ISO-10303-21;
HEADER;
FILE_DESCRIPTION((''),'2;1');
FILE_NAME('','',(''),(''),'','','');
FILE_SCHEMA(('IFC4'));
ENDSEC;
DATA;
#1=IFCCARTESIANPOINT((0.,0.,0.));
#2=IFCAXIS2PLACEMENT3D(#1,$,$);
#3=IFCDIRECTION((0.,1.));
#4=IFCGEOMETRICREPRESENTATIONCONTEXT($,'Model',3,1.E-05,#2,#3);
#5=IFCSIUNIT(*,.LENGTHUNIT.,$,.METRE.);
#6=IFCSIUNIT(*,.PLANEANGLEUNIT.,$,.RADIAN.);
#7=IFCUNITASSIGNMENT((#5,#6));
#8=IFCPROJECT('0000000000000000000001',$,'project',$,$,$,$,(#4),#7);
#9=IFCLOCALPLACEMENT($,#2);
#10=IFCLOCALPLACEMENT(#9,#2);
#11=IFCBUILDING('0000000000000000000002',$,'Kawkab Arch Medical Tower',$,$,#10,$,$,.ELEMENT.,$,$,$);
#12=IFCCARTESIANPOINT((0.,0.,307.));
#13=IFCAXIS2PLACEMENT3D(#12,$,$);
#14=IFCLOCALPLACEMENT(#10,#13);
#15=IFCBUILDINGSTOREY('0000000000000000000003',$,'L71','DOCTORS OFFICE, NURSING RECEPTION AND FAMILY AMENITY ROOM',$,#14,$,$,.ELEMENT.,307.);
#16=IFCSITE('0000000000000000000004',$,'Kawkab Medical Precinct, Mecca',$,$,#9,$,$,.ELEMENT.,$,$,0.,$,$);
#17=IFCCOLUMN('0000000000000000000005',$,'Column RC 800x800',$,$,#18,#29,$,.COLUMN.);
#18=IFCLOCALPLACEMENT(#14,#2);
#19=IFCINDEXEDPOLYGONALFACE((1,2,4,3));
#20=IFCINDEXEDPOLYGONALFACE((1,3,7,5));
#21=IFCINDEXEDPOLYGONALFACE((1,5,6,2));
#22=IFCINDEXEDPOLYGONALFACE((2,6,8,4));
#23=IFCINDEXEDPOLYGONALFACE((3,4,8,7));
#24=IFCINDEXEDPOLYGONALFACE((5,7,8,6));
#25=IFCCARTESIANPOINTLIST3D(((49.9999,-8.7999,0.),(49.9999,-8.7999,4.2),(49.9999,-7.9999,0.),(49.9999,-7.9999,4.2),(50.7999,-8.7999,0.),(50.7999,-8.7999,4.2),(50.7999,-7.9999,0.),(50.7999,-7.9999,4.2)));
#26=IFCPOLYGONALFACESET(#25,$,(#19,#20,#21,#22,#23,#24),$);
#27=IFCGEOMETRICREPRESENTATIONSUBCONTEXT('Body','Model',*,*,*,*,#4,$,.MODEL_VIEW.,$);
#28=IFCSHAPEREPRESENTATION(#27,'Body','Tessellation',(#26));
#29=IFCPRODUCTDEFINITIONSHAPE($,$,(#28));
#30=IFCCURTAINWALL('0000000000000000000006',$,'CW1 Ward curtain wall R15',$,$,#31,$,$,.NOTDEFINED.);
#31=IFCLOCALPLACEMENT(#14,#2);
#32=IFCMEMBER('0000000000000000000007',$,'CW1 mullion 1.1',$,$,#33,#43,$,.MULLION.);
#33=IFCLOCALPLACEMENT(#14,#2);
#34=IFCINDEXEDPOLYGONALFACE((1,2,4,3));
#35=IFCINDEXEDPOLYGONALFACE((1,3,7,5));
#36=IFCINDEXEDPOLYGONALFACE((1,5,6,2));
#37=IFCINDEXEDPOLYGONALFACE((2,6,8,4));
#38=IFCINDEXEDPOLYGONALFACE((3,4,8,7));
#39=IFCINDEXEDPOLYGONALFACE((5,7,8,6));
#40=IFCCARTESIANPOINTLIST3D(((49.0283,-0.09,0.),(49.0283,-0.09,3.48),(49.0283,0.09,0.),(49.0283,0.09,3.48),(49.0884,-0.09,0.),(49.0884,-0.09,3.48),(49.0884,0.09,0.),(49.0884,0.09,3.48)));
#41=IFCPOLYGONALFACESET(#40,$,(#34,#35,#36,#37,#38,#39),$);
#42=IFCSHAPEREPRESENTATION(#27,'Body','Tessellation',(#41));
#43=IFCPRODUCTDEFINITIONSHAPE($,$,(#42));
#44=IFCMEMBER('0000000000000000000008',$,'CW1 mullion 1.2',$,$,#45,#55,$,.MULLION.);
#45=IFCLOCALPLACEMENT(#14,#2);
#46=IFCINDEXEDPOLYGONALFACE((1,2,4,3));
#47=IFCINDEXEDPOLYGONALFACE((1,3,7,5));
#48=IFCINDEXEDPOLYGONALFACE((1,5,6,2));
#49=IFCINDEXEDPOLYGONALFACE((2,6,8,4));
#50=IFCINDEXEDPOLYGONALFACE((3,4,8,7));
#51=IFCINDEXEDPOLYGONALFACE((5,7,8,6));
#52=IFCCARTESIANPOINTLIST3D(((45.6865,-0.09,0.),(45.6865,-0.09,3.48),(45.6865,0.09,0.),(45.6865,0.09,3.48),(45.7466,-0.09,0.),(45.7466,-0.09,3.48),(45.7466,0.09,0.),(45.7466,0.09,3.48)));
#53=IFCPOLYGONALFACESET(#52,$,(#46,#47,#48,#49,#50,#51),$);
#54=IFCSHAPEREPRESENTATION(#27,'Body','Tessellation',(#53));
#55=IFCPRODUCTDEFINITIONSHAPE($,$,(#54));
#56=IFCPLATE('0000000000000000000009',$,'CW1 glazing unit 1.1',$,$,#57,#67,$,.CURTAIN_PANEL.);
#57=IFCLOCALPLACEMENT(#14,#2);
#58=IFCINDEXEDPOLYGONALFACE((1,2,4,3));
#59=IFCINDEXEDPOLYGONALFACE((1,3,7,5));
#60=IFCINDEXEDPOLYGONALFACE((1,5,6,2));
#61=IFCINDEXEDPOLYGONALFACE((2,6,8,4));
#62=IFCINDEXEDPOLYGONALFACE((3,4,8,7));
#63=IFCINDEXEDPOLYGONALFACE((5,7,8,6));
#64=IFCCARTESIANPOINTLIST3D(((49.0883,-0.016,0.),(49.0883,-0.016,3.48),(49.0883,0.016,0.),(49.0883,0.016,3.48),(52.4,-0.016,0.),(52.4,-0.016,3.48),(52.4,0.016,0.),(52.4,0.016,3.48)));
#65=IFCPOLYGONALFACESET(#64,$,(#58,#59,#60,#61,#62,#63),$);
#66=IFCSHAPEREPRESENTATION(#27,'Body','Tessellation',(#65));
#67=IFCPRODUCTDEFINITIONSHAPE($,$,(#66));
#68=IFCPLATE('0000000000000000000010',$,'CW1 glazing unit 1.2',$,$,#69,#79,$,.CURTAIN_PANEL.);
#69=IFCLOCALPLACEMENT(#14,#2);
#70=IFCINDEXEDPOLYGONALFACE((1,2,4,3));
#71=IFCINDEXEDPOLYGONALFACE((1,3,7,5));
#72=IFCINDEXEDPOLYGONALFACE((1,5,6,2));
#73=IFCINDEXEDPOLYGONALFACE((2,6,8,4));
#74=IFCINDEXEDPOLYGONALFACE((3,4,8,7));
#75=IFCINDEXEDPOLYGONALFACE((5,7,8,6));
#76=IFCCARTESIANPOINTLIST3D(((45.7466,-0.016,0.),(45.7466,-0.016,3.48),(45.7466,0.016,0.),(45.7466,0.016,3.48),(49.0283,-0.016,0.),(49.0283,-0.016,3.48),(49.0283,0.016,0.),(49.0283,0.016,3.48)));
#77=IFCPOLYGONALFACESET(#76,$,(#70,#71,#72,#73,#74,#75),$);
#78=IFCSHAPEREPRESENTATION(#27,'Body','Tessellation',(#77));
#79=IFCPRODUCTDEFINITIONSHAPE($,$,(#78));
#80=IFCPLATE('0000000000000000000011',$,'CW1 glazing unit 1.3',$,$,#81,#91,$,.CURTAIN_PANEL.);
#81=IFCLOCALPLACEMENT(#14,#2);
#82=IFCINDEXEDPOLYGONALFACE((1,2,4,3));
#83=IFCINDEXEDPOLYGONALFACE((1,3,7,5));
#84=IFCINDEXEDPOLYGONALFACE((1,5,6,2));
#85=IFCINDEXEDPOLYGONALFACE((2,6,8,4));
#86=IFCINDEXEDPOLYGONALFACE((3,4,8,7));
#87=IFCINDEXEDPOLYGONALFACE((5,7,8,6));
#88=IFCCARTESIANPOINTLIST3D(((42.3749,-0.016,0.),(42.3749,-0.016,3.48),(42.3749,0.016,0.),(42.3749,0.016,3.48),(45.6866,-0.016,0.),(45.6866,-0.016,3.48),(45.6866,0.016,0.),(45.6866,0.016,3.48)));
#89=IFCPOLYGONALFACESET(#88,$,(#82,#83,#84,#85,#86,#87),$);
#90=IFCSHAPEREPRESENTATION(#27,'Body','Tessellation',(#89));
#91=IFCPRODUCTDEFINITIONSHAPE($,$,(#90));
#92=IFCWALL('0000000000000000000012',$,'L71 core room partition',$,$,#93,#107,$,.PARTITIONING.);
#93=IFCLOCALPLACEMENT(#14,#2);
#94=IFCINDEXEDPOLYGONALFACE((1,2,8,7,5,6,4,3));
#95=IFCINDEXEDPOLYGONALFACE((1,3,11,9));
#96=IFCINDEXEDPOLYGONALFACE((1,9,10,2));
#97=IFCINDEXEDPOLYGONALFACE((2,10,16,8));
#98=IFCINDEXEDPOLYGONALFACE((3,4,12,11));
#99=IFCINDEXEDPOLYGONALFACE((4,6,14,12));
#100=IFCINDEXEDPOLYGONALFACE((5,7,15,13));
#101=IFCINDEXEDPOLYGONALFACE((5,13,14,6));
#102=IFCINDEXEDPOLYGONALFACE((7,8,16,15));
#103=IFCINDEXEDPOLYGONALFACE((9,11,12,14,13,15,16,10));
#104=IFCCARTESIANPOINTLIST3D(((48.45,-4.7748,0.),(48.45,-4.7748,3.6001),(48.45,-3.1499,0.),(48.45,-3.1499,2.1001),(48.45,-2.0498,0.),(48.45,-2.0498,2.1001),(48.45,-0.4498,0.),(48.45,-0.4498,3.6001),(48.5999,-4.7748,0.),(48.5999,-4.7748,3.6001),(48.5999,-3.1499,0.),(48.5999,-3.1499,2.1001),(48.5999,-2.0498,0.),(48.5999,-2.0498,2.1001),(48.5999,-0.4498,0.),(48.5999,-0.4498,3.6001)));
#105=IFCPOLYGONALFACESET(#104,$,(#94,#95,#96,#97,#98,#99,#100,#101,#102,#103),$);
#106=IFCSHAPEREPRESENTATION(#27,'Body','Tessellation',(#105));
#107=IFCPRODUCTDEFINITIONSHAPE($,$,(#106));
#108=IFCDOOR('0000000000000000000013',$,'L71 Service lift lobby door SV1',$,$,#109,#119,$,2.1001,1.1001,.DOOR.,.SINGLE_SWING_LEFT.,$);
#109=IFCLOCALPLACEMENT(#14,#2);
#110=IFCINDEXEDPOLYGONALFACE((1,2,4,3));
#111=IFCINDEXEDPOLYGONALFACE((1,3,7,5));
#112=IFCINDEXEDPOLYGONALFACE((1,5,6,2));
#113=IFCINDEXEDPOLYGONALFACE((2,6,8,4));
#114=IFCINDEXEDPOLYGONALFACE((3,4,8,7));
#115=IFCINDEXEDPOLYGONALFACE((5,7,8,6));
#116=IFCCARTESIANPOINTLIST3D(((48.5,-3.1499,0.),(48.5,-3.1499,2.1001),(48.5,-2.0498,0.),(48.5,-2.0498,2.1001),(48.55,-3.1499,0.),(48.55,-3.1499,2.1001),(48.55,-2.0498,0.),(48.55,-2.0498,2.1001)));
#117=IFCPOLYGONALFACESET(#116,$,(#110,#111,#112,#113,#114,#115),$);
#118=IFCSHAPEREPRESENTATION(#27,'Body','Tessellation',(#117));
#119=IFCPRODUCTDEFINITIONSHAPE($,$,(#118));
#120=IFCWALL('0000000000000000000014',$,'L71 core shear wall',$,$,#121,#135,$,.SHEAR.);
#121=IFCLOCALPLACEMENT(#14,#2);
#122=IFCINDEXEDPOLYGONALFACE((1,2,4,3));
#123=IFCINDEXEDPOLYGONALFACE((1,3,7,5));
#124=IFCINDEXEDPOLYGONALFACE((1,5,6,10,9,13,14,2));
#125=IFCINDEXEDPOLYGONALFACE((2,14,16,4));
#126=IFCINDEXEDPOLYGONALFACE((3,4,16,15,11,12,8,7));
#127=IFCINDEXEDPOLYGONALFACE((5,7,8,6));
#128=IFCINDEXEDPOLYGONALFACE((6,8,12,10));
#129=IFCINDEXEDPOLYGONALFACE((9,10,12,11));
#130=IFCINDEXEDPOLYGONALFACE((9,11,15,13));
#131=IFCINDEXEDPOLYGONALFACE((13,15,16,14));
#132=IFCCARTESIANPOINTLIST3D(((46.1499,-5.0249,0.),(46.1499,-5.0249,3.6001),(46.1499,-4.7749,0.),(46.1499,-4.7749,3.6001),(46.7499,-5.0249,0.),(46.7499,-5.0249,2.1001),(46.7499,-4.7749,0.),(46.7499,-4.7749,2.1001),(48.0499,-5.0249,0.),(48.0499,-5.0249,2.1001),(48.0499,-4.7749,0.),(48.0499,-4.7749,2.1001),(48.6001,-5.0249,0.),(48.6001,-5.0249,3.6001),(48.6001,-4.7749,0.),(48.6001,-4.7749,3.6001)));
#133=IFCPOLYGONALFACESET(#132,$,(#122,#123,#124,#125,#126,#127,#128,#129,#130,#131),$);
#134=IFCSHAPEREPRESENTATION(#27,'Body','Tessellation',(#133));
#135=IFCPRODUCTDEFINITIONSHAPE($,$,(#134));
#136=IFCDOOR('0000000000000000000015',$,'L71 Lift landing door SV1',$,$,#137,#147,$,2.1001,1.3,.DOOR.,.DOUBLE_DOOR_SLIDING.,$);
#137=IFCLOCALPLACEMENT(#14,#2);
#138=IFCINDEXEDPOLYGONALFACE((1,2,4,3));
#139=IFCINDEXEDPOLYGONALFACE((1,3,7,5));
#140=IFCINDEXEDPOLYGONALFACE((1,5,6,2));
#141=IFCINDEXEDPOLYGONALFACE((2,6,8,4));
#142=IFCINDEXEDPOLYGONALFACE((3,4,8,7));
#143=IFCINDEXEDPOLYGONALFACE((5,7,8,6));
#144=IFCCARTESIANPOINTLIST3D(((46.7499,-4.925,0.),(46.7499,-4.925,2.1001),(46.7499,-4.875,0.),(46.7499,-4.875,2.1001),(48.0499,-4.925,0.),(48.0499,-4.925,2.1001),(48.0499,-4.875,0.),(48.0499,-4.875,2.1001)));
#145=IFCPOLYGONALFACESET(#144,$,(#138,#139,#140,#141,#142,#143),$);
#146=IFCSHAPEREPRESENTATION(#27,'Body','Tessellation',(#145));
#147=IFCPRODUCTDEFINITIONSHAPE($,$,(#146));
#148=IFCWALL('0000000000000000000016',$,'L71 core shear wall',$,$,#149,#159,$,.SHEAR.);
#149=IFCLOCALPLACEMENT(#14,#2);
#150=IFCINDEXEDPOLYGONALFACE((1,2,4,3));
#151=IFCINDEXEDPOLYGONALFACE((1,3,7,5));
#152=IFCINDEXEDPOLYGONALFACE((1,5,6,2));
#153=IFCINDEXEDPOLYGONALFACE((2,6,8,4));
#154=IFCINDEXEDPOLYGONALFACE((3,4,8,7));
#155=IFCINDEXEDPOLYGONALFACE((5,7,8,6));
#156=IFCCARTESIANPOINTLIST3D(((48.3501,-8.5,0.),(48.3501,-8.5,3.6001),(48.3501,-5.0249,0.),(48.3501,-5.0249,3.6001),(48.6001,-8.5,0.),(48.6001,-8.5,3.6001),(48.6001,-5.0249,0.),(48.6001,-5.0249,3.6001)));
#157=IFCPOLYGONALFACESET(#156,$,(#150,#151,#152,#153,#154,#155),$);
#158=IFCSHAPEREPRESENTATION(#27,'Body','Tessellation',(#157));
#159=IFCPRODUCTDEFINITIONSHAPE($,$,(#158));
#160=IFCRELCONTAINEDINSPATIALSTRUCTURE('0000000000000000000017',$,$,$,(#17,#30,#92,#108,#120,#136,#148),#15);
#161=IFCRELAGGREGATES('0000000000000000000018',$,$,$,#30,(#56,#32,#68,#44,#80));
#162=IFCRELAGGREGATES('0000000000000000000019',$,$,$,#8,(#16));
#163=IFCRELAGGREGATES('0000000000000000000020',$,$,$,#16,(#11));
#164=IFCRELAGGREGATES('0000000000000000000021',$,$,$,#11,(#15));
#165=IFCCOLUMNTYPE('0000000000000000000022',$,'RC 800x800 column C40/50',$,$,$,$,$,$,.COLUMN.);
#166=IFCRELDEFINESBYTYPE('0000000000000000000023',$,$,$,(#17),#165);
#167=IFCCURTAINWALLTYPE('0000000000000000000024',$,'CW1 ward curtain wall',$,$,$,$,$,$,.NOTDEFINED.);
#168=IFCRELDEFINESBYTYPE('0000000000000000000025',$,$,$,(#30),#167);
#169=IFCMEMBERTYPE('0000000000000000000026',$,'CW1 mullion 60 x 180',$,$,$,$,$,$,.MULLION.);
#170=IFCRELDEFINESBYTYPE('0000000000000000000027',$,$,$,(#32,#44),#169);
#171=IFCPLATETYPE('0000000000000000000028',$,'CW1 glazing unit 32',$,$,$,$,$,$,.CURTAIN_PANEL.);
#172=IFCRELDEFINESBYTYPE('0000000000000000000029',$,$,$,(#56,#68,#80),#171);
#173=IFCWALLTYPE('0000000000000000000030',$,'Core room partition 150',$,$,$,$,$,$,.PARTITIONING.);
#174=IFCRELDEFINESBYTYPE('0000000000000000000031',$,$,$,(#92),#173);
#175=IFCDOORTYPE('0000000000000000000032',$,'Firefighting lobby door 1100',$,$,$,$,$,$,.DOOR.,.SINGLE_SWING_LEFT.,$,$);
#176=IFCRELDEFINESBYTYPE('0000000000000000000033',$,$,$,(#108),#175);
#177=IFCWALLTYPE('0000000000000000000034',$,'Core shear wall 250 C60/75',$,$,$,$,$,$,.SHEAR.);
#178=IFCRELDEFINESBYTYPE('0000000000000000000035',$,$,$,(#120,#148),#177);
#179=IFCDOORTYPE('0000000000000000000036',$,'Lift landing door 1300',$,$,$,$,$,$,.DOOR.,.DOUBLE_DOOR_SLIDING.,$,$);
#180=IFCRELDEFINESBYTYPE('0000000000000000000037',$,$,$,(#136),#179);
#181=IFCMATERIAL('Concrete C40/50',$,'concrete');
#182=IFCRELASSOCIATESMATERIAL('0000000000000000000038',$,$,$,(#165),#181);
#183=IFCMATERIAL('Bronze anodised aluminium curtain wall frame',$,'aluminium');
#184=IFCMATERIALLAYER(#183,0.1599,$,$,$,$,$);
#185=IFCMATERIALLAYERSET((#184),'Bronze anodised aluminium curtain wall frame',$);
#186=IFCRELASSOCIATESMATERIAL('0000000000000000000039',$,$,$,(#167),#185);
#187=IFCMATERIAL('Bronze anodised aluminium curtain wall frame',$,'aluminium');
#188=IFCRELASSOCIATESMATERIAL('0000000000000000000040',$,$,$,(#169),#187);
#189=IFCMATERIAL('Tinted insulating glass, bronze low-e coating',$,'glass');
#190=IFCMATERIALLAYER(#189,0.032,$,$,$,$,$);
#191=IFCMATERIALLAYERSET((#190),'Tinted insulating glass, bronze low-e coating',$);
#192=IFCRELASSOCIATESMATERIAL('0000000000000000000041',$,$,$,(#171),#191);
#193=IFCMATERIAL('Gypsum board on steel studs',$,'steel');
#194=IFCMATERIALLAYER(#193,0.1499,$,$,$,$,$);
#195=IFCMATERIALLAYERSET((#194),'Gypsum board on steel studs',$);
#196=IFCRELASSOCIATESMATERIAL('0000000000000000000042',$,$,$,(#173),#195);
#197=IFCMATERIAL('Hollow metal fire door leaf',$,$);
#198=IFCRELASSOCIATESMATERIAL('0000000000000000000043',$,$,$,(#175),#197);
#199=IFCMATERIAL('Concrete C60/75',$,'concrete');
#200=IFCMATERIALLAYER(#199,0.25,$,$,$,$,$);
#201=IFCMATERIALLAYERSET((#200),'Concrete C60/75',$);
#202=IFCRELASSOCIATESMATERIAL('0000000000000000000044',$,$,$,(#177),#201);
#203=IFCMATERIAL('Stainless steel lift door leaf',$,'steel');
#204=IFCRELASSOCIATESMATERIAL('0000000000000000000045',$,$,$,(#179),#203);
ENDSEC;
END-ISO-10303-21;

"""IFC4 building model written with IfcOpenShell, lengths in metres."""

from ifc_helpers import new_model, si_unit, direction, frame, frame_2d, origin, origin_2d, place, context, subcontext, project, spatial, rectangle, extrude, material, layer, layer_set, material_profile, profile_set, type_object, element, fill, aggregate, save


model = new_model("IFC4")

# Units and contexts
model_context = context("Model", 3, precision=1e-05, world=origin(), true_north=direction((0.0, 1.0)))
body_context = subcontext(model_context, "Body", "Model", "MODEL_VIEW")
ifc_project = project(units=[si_unit("LENGTHUNIT", "METRE"), si_unit("PLANEANGLEUNIT", "RADIAN")], contexts=[model_context])

# Site, building, storey
site_placement = place(None, origin())
site = spatial("IfcSite", under=ifc_project, at=site_placement, Name="Kawkab Medical Precinct, Mecca", CompositionType="ELEMENT", RefElevation=0.0)
building_placement = place(site_placement, origin())
building = spatial("IfcBuilding", under=site, at=building_placement, Name="Kawkab Arch Medical Tower", CompositionType="ELEMENT")
storey_placement = place(building_placement, frame((0.0, 0.0, 307.0)))
storey = spatial("IfcBuildingStorey", under=building, at=storey_placement, Name="L71", Description="DOCTORS OFFICE, NURSING RECEPTION AND FAMILY AMENITY ROOM", CompositionType="ELEMENT", Elevation=307.0)

# Column
ifc_material_1 = material(Name="Concrete C40/50", Category="concrete")
ifc_material_profile_1 = material_profile(ifc_material_1, rectangle(XDim=0.8, YDim=0.8, at=origin_2d()), Name="RC 800x800")
ifc_profile_set_1 = profile_set([ifc_material_profile_1], Name="Concrete C40/50")
column_type = type_object("IfcColumnType", Name="RC 800x800 column C40/50", PredefinedType="COLUMN", material=ifc_profile_set_1)
column_placement = place(storey_placement, frame((50.3999, -8.3999, 0.0), z_axis=(0.0, 0.0, 1.0), x_axis=(1.0, 0.0, 0.0)))
element("IfcColumn", 1, at=column_placement, inside=storey, type_object=column_type, Name="Column RC 800x800", PredefinedType="COLUMN", context=body_context, shape_type="SweptSolid", body=[
    extrude(rectangle(XDim=0.8, YDim=0.8, at=origin_2d()), origin(), (0.0, 0.0, 1.0), 4.2),
])

# Curtain wall, members, plates
ifc_material_2 = material(Name="Bronze anodised aluminium curtain wall frame", Category="aluminium")
ifc_layer_1 = layer(ifc_material_2, 0.1599)
ifc_layer_set_1 = layer_set([ifc_layer_1], Name="Bronze anodised aluminium curtain wall frame")
curtain_wall_type = type_object("IfcCurtainWallType", Name="CW1 ward curtain wall", PredefinedType="NOTDEFINED", material=ifc_layer_set_1)
placement = place(storey_placement, origin())
curtain_wall = element("IfcCurtainWall", 2, at=placement, inside=storey, type_object=curtain_wall_type, Name="CW1 Ward curtain wall R15", PredefinedType="NOTDEFINED")
ifc_material_3 = material(Name="Bronze anodised aluminium curtain wall frame", Category="aluminium")
ifc_material_profile_2 = material_profile(ifc_material_3, rectangle(XDim=0.1799, YDim=0.0601, at=origin_2d()), Name="AL 60x180")
ifc_profile_set_2 = profile_set([ifc_material_profile_2], Name="Bronze anodised aluminium curtain wall frame")
member_type = type_object("IfcMemberType", Name="CW1 mullion 60 x 180", PredefinedType="MULLION", material=ifc_profile_set_2)
member_1_placement = place(storey_placement, frame((49.0583, 0.0, 0.0), z_axis=(0.0, 0.0, 1.0), x_axis=(0.0, -1.0, 0.0)))
member_1 = element("IfcMember", 3, at=member_1_placement, type_object=member_type, Name="CW1 mullion 1.1", PredefinedType="MULLION", context=body_context, shape_type="SweptSolid", body=[
    extrude(rectangle(XDim=0.1799, YDim=0.0601, at=origin_2d()), origin(), (0.0, 0.0, 1.0), 3.48),
])
member_2_placement = place(storey_placement, frame((45.7166, 0.0, 0.0), z_axis=(0.0, 0.0, 1.0), x_axis=(0.0, -1.0, 0.0)))
member_2 = element("IfcMember", 4, at=member_2_placement, type_object=member_type, Name="CW1 mullion 1.2", PredefinedType="MULLION", context=body_context, shape_type="SweptSolid", body=[
    extrude(rectangle(XDim=0.1799, YDim=0.0601, at=origin_2d()), origin(), (0.0, 0.0, 1.0), 3.48),
])
ifc_material_4 = material(Name="Tinted insulating glass, bronze low-e coating", Category="glass")
ifc_layer_2 = layer(ifc_material_4, 0.032)
ifc_layer_set_2 = layer_set([ifc_layer_2], Name="Tinted insulating glass, bronze low-e coating")
plate_type = type_object("IfcPlateType", Name="CW1 glazing unit 32", PredefinedType="CURTAIN_PANEL", material=ifc_layer_set_2)
plate_1_placement = place(storey_placement, frame((50.7441, 0.0, 0.0), z_axis=(0.0, 0.0, 1.0), x_axis=(-1.0, 0.0, 0.0)))
plate_1 = element("IfcPlate", 5, at=plate_1_placement, type_object=plate_type, Name="CW1 glazing unit 1.1", PredefinedType="CURTAIN_PANEL", context=body_context, shape_type="SweptSolid", body=[
    extrude(rectangle(XDim=3.3118, YDim=0.032, at=origin_2d()), origin(), (0.0, 0.0, 1.0), 3.48),
])
plate_2_placement = place(storey_placement, frame((47.3875, 0.0, 0.0), z_axis=(0.0, 0.0, 1.0), x_axis=(-1.0, 0.0, 0.0)))
plate_2 = element("IfcPlate", 6, at=plate_2_placement, type_object=plate_type, Name="CW1 glazing unit 1.2", PredefinedType="CURTAIN_PANEL", context=body_context, shape_type="SweptSolid", body=[
    extrude(rectangle(XDim=3.2817, YDim=0.032, at=origin_2d()), origin(), (0.0, 0.0, 1.0), 3.48),
])
plate_3_placement = place(storey_placement, frame((44.0308, 0.0, 0.0), z_axis=(0.0, 0.0, 1.0), x_axis=(-1.0, 0.0, 0.0)))
plate_3 = element("IfcPlate", 7, at=plate_3_placement, type_object=plate_type, Name="CW1 glazing unit 1.3", PredefinedType="CURTAIN_PANEL", context=body_context, shape_type="SweptSolid", body=[
    extrude(rectangle(XDim=3.3118, YDim=0.032, at=origin_2d()), origin(), (0.0, 0.0, 1.0), 3.48),
])
aggregate(curtain_wall, [plate_1, member_1, plate_2, member_2, plate_3])

# Walls, openings, doors
ifc_material_5 = material(Name="Gypsum board on steel studs", Category="steel")
ifc_layer_3 = layer(ifc_material_5, 0.1499)
ifc_layer_set_3 = layer_set([ifc_layer_3], Name="Gypsum board on steel studs")
wall_type_1 = type_object("IfcWallType", Name="Core room partition 150", PredefinedType="PARTITIONING", material=ifc_layer_set_3)
wall_1_placement = place(storey_placement, frame((48.5249, -4.7749, 0.0), z_axis=(0.0, 0.0, 1.0), x_axis=(0.0, 1.0, 0.0)))
wall_1 = element("IfcWall", 8, at=wall_1_placement, inside=storey, type_object=wall_type_1, Name="L71 core room partition", PredefinedType="PARTITIONING", context=body_context, shape_type="SweptSolid", body=[
    extrude(rectangle(XDim=4.325, YDim=0.1499, at=frame_2d((2.1626, 0.0))), origin(), (0.0, 0.0, 1.0), 3.6001),
])
opening_1_placement = place(wall_1_placement, frame((1.625, 0.0, 0.0)))
opening_1 = element("IfcOpeningElement", 9, at=opening_1_placement, cuts=wall_1, PredefinedType="OPENING", context=body_context, shape_type="SweptSolid", body=[
    extrude(rectangle(XDim=1.1001, YDim=2.1001, at=frame_2d((0.55, 1.05))), frame((0.0, 0.085, 0.0), z_axis=(0.0, -1.0, 0.0), x_axis=(1.0, 0.0, 0.0)), (0.0, 0.0, 1.0), 0.1699),
])
ifc_material_6 = material(Name="Hollow metal fire door leaf")
door_type_1 = type_object("IfcDoorType", Name="Firefighting lobby door 1100", OperationType="SINGLE_SWING_LEFT", PredefinedType="DOOR", material=ifc_material_6)
door_1_placement = place(opening_1_placement, origin())
door_1 = element("IfcDoor", 10, at=door_1_placement, inside=storey, type_object=door_type_1, Name="L71 Service lift lobby door SV1", OperationType="SINGLE_SWING_LEFT", OverallHeight=2.1001, OverallWidth=1.1001, PredefinedType="DOOR", context=body_context, shape_type="SweptSolid", body=[
    extrude(rectangle(XDim=1.1001, YDim=2.1001, at=frame_2d((0.55, 1.05))), frame((0.0, 0.0249, 0.0), z_axis=(0.0, -1.0, 0.0), x_axis=(1.0, 0.0, 0.0)), (0.0, 0.0, 1.0), 0.05),
])
fill(opening_1, door_1)
ifc_material_7 = material(Name="Concrete C60/75", Category="concrete")
ifc_layer_4 = layer(ifc_material_7, 0.25)
ifc_layer_set_4 = layer_set([ifc_layer_4], Name="Concrete C60/75")
wall_type_2 = type_object("IfcWallType", Name="Core shear wall 250 C60/75", PredefinedType="SHEAR", material=ifc_layer_set_4)
wall_2_placement = place(storey_placement, frame((46.1499, -4.8999, 0.0), z_axis=(0.0, 0.0, 1.0), x_axis=(1.0, 0.0, 0.0)))
wall_2 = element("IfcWall", 11, at=wall_2_placement, inside=storey, type_object=wall_type_2, Name="L71 core shear wall", PredefinedType="SHEAR", context=body_context, shape_type="SweptSolid", body=[
    extrude(rectangle(XDim=2.4502, YDim=0.25, at=frame_2d((1.2251, 0.0))), origin(), (0.0, 0.0, 1.0), 3.6001),
])
opening_2_placement = place(wall_2_placement, frame((0.6001, 0.0, 0.0)))
opening_2 = element("IfcOpeningElement", 12, at=opening_2_placement, cuts=wall_2, PredefinedType="OPENING", context=body_context, shape_type="SweptSolid", body=[
    extrude(rectangle(XDim=1.3, YDim=2.1001, at=frame_2d((0.6499, 1.05))), frame((0.0, 0.135, 0.0), z_axis=(0.0, -1.0, 0.0), x_axis=(1.0, 0.0, 0.0)), (0.0, 0.0, 1.0), 0.27),
])
ifc_material_8 = material(Name="Stainless steel lift door leaf", Category="steel")
door_type_2 = type_object("IfcDoorType", Name="Lift landing door 1300", OperationType="DOUBLE_DOOR_SLIDING", PredefinedType="DOOR", material=ifc_material_8)
door_2_placement = place(opening_2_placement, origin())
door_2 = element("IfcDoor", 13, at=door_2_placement, inside=storey, type_object=door_type_2, Name="L71 Lift landing door SV1", OperationType="DOUBLE_DOOR_SLIDING", OverallHeight=2.1001, OverallWidth=1.3, PredefinedType="DOOR", context=body_context, shape_type="SweptSolid", body=[
    extrude(rectangle(XDim=1.3, YDim=2.1001, at=frame_2d((0.6499, 1.05))), frame((0.0, 0.0249, 0.0), z_axis=(0.0, -1.0, 0.0), x_axis=(1.0, 0.0, 0.0)), (0.0, 0.0, 1.0), 0.05),
])
fill(opening_2, door_2)

# Wall
wall_3_placement = place(storey_placement, frame((48.4751, -8.5, 0.0), z_axis=(0.0, 0.0, 1.0), x_axis=(0.0, 1.0, 0.0)))
element("IfcWall", 14, at=wall_3_placement, inside=storey, type_object=wall_type_2, Name="L71 core shear wall", PredefinedType="SHEAR", context=body_context, shape_type="SweptSolid", body=[
    extrude(rectangle(XDim=3.4751, YDim=0.25, at=frame_2d((1.7375, 0.0))), origin(), (0.0, 0.0, 1.0), 3.6001),
])

save(model, "model.ifc")
